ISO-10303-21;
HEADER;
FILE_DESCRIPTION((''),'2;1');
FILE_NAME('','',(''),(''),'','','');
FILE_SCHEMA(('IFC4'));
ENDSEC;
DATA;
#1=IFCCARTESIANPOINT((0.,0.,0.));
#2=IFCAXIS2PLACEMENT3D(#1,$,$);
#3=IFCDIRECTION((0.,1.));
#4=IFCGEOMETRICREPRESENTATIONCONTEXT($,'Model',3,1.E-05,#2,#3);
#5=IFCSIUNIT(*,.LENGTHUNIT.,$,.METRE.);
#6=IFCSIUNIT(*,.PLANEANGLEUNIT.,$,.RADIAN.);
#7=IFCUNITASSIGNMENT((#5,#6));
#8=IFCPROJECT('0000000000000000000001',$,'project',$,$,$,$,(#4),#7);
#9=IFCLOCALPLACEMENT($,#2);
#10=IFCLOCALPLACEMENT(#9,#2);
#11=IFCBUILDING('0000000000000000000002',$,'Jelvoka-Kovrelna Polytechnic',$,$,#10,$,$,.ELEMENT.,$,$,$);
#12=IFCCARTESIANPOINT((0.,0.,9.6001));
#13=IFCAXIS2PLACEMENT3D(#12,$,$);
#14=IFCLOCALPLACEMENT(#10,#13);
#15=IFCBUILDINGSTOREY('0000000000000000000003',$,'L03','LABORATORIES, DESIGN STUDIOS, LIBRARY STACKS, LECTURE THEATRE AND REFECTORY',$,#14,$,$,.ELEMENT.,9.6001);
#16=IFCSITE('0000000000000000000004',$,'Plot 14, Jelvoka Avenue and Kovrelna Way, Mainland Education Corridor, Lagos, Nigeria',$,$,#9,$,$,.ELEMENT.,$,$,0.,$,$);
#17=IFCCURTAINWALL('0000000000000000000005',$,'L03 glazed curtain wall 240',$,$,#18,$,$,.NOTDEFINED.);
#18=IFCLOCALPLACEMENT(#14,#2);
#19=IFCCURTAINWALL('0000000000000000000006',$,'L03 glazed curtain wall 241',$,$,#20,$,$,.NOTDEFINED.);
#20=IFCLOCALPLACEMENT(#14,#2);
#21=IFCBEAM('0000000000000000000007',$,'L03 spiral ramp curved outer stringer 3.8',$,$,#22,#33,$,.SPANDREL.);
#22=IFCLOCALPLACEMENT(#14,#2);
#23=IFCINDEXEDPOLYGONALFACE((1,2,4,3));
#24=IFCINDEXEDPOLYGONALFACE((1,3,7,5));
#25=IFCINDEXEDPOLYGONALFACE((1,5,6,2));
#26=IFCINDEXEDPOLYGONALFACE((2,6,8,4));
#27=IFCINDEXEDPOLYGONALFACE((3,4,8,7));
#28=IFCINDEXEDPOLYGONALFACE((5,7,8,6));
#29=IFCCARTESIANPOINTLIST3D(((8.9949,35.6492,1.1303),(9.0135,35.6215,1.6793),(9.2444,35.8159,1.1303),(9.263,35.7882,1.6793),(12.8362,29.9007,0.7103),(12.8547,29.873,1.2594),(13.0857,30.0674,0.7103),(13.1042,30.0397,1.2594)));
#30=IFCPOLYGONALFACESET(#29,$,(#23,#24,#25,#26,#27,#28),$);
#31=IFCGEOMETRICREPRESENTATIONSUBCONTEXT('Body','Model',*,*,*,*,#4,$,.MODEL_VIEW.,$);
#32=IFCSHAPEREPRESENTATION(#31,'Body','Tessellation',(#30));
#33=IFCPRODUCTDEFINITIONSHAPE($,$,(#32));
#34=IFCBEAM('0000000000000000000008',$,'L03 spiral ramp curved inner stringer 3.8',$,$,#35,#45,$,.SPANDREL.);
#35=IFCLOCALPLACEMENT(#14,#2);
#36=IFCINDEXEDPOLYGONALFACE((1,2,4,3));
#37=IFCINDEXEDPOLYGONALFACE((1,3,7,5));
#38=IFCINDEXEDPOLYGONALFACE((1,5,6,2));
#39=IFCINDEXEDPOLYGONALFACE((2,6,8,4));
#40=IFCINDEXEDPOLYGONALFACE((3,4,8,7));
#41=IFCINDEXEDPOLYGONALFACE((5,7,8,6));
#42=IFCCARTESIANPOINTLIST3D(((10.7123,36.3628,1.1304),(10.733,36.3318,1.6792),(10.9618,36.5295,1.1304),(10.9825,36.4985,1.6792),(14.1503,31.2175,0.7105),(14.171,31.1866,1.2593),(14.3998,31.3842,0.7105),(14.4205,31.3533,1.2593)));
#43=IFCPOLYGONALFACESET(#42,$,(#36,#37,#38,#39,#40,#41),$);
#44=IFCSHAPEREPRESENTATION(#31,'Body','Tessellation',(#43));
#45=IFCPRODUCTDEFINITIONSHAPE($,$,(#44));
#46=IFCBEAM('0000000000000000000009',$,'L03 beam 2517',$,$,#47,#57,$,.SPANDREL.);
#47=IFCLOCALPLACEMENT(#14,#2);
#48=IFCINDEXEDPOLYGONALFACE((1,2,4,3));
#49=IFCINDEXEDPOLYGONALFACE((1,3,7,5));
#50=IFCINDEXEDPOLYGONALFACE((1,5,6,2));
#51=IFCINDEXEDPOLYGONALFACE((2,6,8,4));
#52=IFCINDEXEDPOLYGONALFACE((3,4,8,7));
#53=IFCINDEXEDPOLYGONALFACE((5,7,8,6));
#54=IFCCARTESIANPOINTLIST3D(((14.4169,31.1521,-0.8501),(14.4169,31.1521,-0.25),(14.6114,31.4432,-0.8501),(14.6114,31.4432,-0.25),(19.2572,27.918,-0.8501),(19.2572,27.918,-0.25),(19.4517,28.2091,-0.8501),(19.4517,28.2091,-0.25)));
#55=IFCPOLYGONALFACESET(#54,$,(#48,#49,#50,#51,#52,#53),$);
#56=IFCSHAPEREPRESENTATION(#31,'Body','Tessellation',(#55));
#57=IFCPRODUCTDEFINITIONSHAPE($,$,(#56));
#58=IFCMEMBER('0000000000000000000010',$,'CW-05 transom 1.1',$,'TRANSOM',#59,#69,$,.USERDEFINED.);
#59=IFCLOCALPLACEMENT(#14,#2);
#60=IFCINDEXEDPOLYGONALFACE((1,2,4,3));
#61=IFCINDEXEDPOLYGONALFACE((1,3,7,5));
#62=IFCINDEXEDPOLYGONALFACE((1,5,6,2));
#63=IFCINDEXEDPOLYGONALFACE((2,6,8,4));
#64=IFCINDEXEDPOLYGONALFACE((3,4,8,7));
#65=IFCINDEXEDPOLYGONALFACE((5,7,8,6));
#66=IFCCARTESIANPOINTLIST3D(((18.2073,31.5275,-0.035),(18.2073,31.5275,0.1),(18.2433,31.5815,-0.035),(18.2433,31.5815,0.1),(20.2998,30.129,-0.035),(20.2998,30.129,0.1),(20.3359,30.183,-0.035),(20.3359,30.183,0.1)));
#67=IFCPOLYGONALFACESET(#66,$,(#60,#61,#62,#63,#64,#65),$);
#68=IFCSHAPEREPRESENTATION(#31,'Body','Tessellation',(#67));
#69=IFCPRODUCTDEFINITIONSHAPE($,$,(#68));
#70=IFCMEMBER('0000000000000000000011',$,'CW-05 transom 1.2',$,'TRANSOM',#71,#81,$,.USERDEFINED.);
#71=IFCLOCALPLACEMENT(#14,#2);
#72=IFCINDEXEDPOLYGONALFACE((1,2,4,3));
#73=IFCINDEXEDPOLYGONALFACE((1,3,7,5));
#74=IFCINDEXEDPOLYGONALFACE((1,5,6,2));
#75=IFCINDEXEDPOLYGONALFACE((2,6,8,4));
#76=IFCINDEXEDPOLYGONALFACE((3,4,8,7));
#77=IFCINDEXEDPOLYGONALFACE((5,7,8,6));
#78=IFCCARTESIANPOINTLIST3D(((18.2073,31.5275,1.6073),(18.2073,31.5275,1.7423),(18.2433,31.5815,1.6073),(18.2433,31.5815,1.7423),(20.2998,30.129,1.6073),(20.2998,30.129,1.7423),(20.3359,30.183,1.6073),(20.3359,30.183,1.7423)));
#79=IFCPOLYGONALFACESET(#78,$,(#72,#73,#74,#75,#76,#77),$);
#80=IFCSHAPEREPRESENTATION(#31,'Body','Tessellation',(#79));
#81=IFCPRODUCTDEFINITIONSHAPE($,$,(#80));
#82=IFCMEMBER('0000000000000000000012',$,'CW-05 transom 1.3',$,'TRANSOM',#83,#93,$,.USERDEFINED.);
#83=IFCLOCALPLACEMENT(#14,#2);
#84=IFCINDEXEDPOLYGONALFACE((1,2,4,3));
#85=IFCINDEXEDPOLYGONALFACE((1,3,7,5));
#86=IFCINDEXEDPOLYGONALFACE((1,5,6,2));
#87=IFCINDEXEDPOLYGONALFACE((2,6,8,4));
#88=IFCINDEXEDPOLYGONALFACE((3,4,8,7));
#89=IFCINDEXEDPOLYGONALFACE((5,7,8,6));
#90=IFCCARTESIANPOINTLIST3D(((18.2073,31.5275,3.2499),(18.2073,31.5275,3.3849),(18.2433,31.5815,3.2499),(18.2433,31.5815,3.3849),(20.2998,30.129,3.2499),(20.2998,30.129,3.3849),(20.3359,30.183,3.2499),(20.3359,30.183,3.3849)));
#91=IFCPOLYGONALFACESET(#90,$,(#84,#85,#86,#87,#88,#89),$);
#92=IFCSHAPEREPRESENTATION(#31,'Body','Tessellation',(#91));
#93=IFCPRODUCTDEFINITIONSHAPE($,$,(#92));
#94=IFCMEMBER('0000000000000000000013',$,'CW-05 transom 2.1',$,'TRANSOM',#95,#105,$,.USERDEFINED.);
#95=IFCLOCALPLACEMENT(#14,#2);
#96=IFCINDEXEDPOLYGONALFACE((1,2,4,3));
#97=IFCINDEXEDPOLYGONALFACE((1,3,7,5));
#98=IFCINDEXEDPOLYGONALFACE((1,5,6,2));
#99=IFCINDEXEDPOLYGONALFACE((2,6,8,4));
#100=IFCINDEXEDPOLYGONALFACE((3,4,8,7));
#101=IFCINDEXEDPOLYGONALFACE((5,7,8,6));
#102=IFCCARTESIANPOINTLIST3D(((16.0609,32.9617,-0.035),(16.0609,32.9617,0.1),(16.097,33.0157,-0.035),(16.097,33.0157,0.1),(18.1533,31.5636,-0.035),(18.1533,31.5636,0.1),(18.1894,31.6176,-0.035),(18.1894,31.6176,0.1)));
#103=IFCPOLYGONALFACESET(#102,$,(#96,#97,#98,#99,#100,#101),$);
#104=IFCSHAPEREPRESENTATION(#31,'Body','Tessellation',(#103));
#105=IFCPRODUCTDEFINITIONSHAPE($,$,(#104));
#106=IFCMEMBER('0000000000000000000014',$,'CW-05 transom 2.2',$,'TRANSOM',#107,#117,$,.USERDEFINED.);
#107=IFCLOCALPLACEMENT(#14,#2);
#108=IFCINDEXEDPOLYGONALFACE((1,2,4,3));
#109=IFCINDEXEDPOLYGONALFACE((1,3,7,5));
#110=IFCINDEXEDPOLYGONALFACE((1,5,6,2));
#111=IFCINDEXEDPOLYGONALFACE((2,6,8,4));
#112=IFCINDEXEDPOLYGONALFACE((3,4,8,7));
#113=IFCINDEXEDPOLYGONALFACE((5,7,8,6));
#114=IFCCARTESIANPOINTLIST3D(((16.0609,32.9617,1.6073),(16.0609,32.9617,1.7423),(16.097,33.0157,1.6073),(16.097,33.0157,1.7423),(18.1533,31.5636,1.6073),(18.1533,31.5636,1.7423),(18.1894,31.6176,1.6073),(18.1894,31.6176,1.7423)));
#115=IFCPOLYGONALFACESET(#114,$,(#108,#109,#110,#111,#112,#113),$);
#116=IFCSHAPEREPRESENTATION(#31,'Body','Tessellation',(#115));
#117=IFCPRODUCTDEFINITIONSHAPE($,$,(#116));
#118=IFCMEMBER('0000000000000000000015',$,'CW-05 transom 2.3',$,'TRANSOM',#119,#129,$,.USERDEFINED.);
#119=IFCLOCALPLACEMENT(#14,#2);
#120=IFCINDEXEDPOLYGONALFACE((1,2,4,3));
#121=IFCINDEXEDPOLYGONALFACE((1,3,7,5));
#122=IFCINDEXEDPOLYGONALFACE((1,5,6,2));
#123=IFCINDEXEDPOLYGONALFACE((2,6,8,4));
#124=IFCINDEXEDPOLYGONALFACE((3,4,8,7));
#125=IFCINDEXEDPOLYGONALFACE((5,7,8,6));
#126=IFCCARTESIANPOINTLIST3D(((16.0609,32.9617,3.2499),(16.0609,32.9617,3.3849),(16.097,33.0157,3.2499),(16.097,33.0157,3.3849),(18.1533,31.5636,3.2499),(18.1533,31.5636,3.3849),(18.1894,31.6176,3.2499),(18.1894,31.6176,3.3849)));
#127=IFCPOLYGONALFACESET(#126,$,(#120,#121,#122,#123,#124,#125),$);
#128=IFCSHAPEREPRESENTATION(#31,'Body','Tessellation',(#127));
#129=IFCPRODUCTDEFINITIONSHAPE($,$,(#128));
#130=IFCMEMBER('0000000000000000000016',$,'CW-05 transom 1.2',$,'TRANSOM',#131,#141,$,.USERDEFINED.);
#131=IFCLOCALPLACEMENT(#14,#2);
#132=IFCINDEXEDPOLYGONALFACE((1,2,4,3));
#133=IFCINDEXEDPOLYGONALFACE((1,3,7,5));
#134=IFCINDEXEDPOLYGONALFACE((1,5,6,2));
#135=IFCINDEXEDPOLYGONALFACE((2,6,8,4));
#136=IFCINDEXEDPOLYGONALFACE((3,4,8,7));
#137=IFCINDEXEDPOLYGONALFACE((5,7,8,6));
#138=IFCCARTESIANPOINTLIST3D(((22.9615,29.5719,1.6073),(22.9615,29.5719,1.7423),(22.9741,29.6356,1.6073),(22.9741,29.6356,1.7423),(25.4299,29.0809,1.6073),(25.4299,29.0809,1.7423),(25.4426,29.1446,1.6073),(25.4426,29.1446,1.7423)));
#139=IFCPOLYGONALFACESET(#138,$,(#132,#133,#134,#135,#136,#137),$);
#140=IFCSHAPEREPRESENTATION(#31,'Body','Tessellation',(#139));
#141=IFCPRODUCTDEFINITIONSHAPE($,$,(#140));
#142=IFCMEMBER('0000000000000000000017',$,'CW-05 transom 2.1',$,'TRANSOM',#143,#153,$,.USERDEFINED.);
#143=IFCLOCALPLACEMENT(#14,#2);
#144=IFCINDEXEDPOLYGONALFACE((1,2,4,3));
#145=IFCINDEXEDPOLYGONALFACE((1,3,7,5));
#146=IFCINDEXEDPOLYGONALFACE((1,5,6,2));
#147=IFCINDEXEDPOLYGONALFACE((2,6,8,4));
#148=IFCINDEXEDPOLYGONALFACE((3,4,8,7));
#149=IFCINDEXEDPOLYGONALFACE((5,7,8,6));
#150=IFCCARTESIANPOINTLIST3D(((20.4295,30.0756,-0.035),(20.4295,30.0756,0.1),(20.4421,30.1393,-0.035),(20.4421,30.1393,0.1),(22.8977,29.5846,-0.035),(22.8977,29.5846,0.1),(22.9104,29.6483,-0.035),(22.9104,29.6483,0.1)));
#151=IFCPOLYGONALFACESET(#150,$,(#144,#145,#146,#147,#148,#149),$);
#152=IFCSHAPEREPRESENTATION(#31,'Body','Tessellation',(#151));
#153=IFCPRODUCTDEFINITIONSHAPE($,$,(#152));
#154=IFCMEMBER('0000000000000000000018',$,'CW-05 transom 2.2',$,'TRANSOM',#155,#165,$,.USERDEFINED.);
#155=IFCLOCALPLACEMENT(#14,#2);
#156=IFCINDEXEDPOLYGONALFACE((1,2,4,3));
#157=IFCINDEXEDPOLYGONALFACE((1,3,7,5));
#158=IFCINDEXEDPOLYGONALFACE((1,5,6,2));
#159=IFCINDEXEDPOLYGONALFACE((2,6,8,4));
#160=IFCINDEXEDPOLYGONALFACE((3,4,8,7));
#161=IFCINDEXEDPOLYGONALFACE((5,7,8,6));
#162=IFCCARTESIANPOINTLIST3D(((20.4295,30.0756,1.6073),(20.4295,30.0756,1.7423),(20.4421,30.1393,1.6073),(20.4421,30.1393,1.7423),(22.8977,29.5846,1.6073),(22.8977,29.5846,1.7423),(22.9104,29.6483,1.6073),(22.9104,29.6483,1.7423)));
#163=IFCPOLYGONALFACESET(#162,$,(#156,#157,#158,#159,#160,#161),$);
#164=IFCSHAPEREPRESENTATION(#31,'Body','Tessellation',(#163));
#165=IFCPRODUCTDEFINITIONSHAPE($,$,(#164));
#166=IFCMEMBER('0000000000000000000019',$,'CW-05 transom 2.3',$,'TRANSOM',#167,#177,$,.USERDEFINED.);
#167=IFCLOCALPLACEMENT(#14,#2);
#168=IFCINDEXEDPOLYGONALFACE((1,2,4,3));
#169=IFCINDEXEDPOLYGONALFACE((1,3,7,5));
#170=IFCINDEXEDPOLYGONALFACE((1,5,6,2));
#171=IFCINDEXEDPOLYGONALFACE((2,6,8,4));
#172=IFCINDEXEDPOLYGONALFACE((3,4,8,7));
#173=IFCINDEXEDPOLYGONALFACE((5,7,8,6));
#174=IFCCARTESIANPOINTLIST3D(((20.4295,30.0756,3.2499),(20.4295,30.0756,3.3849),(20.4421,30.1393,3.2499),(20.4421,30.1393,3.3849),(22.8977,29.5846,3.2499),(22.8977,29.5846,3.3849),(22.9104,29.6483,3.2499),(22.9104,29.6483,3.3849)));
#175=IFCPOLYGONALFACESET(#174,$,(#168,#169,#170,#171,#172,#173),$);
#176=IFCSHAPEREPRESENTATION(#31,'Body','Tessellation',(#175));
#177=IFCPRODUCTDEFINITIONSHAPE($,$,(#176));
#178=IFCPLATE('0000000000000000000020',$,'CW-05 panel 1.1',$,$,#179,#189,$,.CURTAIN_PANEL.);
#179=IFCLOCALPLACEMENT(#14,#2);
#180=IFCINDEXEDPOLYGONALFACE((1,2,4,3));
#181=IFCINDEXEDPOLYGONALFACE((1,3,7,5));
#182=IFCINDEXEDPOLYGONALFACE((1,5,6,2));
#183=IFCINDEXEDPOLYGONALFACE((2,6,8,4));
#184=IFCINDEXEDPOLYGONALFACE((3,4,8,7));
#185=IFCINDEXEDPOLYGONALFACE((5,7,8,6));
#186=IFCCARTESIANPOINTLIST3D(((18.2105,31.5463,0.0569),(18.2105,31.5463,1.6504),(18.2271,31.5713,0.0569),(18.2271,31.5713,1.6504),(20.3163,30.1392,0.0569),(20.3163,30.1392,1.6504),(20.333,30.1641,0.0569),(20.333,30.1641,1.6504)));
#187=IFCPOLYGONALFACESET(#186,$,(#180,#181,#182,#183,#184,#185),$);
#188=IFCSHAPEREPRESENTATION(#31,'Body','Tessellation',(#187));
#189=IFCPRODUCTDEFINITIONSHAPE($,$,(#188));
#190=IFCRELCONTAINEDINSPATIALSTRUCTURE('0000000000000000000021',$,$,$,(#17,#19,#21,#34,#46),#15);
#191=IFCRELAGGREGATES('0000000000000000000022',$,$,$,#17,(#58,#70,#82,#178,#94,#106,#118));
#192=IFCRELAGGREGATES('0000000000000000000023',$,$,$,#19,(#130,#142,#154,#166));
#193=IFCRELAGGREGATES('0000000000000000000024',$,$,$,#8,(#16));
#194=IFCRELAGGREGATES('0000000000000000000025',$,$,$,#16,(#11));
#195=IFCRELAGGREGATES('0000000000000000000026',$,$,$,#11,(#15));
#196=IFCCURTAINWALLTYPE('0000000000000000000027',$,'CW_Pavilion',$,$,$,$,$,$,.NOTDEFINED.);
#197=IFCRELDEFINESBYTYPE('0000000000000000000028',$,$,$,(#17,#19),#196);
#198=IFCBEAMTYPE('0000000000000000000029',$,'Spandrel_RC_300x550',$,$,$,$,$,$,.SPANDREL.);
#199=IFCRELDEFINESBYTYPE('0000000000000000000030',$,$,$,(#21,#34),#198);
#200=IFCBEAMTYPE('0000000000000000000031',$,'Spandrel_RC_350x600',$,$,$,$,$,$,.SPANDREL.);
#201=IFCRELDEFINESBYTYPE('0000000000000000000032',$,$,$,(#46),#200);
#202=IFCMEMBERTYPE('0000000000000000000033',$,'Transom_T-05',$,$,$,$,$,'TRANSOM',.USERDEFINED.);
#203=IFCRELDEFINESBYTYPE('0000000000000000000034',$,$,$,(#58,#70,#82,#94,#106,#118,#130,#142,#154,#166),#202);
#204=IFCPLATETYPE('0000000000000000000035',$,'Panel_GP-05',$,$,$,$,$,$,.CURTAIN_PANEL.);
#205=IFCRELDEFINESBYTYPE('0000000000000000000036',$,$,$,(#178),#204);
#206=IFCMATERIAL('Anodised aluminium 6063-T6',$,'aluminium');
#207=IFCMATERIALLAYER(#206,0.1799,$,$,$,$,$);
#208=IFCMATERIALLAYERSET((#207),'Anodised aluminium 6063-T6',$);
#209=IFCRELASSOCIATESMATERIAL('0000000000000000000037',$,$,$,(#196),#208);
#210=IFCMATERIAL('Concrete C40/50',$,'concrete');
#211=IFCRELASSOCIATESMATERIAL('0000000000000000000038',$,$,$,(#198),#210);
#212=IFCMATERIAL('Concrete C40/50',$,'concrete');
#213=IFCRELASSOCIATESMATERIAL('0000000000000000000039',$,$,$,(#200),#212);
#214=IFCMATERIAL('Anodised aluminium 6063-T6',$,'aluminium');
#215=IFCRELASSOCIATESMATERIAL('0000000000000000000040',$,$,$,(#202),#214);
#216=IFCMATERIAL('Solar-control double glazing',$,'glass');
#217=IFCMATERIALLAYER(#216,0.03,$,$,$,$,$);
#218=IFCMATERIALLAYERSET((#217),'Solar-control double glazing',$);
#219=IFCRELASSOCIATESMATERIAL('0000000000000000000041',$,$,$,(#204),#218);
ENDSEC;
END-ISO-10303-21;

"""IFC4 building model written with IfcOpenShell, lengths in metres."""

from ifc_helpers import new_model, si_unit, direction, frame, origin, origin_2d, place, context, subcontext, project, spatial, rectangle, extrude, material, layer, layer_set, material_profile, profile_set, type_object, element, aggregate, save


model = new_model("IFC4")

# Units and contexts
model_context = context("Model", 3, precision=1e-05, world=origin(), true_north=direction((0.0, 1.0)))
body_context = subcontext(model_context, "Body", "Model", "MODEL_VIEW")
ifc_project = project(units=[si_unit("LENGTHUNIT", "METRE"), si_unit("PLANEANGLEUNIT", "RADIAN")], contexts=[model_context])

# Site, building, storey
site_placement = place(None, origin())
site = spatial("IfcSite", under=ifc_project, at=site_placement, Name="Plot 14, Jelvoka Avenue and Kovrelna Way, Mainland Education Corridor, Lagos, Nigeria", CompositionType="ELEMENT", RefElevation=0.0)
building_placement = place(site_placement, origin())
building = spatial("IfcBuilding", under=site, at=building_placement, Name="Jelvoka-Kovrelna Polytechnic", CompositionType="ELEMENT")
storey_placement = place(building_placement, frame((0.0, 0.0, 9.6001)))
storey = spatial("IfcBuildingStorey", under=building, at=storey_placement, Name="L03", Description="LABORATORIES, DESIGN STUDIOS, LIBRARY STACKS, LECTURE THEATRE AND REFECTORY", CompositionType="ELEMENT", Elevation=9.6001)

# Curtain walls
ifc_material_1 = material(Name="Anodised aluminium 6063-T6", Category="aluminium")
ifc_layer_1 = layer(ifc_material_1, 0.1799)
ifc_layer_set_1 = layer_set([ifc_layer_1], Name="Anodised aluminium 6063-T6")
curtain_wall_type = type_object("IfcCurtainWallType", Name="CW_Pavilion", PredefinedType="NOTDEFINED", material=ifc_layer_set_1)
curtain_wall_1_placement = place(storey_placement, origin())
curtain_wall_1 = element("IfcCurtainWall", 1, at=curtain_wall_1_placement, inside=storey, type_object=curtain_wall_type, Name="L03 glazed curtain wall 240", PredefinedType="NOTDEFINED")
curtain_wall_2_placement = place(storey_placement, origin())
curtain_wall_2 = element("IfcCurtainWall", 2, at=curtain_wall_2_placement, inside=storey, type_object=curtain_wall_type, Name="L03 glazed curtain wall 241", PredefinedType="NOTDEFINED")

# Beams
ifc_material_2 = material(Name="Concrete C40/50", Category="concrete")
ifc_material_profile_1 = material_profile(ifc_material_2, rectangle(XDim=0.3, YDim=0.55, at=origin_2d()), Name="RC 300x550")
ifc_profile_set_1 = profile_set([ifc_material_profile_1], Name="Concrete C40/50")
beam_type_1 = type_object("IfcBeamType", Name="Spandrel_RC_300x550", PredefinedType="SPANDREL", material=ifc_profile_set_1)
beam_1_placement = place(storey_placement, frame((12.9702, 29.9702, 0.9849), z_axis=(-0.554574, 0.829923, 0.060625), x_axis=(-0.831452, -0.555596, 0.0)))
element("IfcBeam", 3, at=beam_1_placement, inside=storey, type_object=beam_type_1, Name="L03 spiral ramp curved outer stringer 3.8", PredefinedType="SPANDREL", context=body_context, shape_type="SweptSolid", body=[
    extrude(rectangle(XDim=0.3, YDim=0.55, at=origin_2d()), origin(), (0.0, 0.0, 1.0), 6.9265),
])
beam_2_placement = place(storey_placement, frame((14.2854, 31.2854, 0.9849), z_axis=(-0.554299, 0.829559, 0.067703), x_axis=(-0.831467, -0.555574, 0.0)))
element("IfcBeam", 4, at=beam_2_placement, inside=storey, type_object=beam_type_1, Name="L03 spiral ramp curved inner stringer 3.8", PredefinedType="SPANDREL", context=body_context, shape_type="SweptSolid", body=[
    extrude(rectangle(XDim=0.3, YDim=0.55, at=origin_2d()), origin(), (0.0, 0.0, 1.0), 6.2024),
])
ifc_material_3 = material(Name="Concrete C40/50", Category="concrete")
ifc_material_profile_2 = material_profile(ifc_material_3, rectangle(XDim=0.3501, YDim=0.6001, at=origin_2d()), Name="RC 350x600")
ifc_profile_set_2 = profile_set([ifc_material_profile_2], Name="Concrete C40/50")
beam_type_2 = type_object("IfcBeamType", Name="Spandrel_RC_350x600", PredefinedType="SPANDREL", material=ifc_profile_set_2)
beam_3_placement = place(storey_placement, frame((14.5142, 31.2976, -0.55), z_axis=(0.831476, -0.555561, 0.0), x_axis=(0.555561, 0.831476, 0.0)))
element("IfcBeam", 5, at=beam_3_placement, inside=storey, type_object=beam_type_2, Name="L03 beam 2517", PredefinedType="SPANDREL", context=body_context, shape_type="SweptSolid", body=[
    extrude(rectangle(XDim=0.3501, YDim=0.6001, at=origin_2d()), origin(), (0.0, 0.0, 1.0), 5.8213),
])

# Members
ifc_material_4 = material(Name="Anodised aluminium 6063-T6", Category="aluminium")
ifc_material_profile_3 = material_profile(ifc_material_4, rectangle(XDim=0.0649, YDim=0.135, at=origin_2d()), Name="ALU 65x135")
ifc_profile_set_3 = profile_set([ifc_material_profile_3], Name="Anodised aluminium 6063-T6")
member_type_1 = type_object("IfcMemberType", Name="Transom_T-05", ElementType="TRANSOM", PredefinedType="USERDEFINED", material=ifc_profile_set_3)
member_1_placement = place(storey_placement, frame((20.3179, 30.156, 0.0325), z_axis=(-0.831423, 0.55564, 0.0), x_axis=(-0.55564, -0.831423, 0.0)))
member_1 = element("IfcMember", 6, at=member_1_placement, type_object=member_type_1, Name="CW-05 transom 1.1", ObjectType="TRANSOM", PredefinedType="USERDEFINED", context=body_context, shape_type="SweptSolid", body=[
    extrude(rectangle(XDim=0.0649, YDim=0.135, at=origin_2d()), origin(), (0.0, 0.0, 1.0), 2.5168),
])
member_2_placement = place(storey_placement, frame((20.3179, 30.156, 1.6748), z_axis=(-0.831423, 0.55564, 0.0), x_axis=(-0.55564, -0.831423, 0.0)))
member_2 = element("IfcMember", 7, at=member_2_placement, type_object=member_type_1, Name="CW-05 transom 1.2", ObjectType="TRANSOM", PredefinedType="USERDEFINED", context=body_context, shape_type="SweptSolid", body=[
    extrude(rectangle(XDim=0.0649, YDim=0.135, at=origin_2d()), origin(), (0.0, 0.0, 1.0), 2.5168),
])
member_3_placement = place(storey_placement, frame((20.3179, 30.156, 3.3174), z_axis=(-0.831423, 0.55564, 0.0), x_axis=(-0.55564, -0.831423, 0.0)))
member_3 = element("IfcMember", 8, at=member_3_placement, type_object=member_type_1, Name="CW-05 transom 1.3", ObjectType="TRANSOM", PredefinedType="USERDEFINED", context=body_context, shape_type="SweptSolid", body=[
    extrude(rectangle(XDim=0.0649, YDim=0.135, at=origin_2d()), origin(), (0.0, 0.0, 1.0), 2.5168),
])
member_4_placement = place(storey_placement, frame((18.1714, 31.5906, 0.0325), z_axis=(-0.831468, 0.555573, 0.0), x_axis=(-0.555573, -0.831468, 0.0)))
member_4 = element("IfcMember", 9, at=member_4_placement, type_object=member_type_1, Name="CW-05 transom 2.1", ObjectType="TRANSOM", PredefinedType="USERDEFINED", context=body_context, shape_type="SweptSolid", body=[
    extrude(rectangle(XDim=0.0649, YDim=0.135, at=origin_2d()), origin(), (0.0, 0.0, 1.0), 2.5166),
])
member_5_placement = place(storey_placement, frame((18.1714, 31.5906, 1.6748), z_axis=(-0.831468, 0.555573, 0.0), x_axis=(-0.555573, -0.831468, 0.0)))
member_5 = element("IfcMember", 10, at=member_5_placement, type_object=member_type_1, Name="CW-05 transom 2.2", ObjectType="TRANSOM", PredefinedType="USERDEFINED", context=body_context, shape_type="SweptSolid", body=[
    extrude(rectangle(XDim=0.0649, YDim=0.135, at=origin_2d()), origin(), (0.0, 0.0, 1.0), 2.5166),
])
member_6_placement = place(storey_placement, frame((18.1714, 31.5906, 3.3174), z_axis=(-0.831468, 0.555573, 0.0), x_axis=(-0.555573, -0.831468, 0.0)))
member_6 = element("IfcMember", 11, at=member_6_placement, type_object=member_type_1, Name="CW-05 transom 2.3", ObjectType="TRANSOM", PredefinedType="USERDEFINED", context=body_context, shape_type="SweptSolid", body=[
    extrude(rectangle(XDim=0.0649, YDim=0.135, at=origin_2d()), origin(), (0.0, 0.0, 1.0), 2.5166),
])
member_7_placement = place(storey_placement, frame((25.4363, 29.1128, 1.6748), z_axis=(-0.980789, 0.195071, 0.0), x_axis=(-0.195071, -0.980789, 0.0)))
member_7 = element("IfcMember", 12, at=member_7_placement, type_object=member_type_1, Name="CW-05 transom 1.2", ObjectType="TRANSOM", PredefinedType="USERDEFINED", context=body_context, shape_type="SweptSolid", body=[
    extrude(rectangle(XDim=0.0649, YDim=0.135, at=origin_2d()), origin(), (0.0, 0.0, 1.0), 2.5168),
])
member_8_placement = place(storey_placement, frame((22.9041, 29.6165, 0.0325), z_axis=(-0.980785, 0.19509, 0.0), x_axis=(-0.19509, -0.980785, 0.0)))
member_8 = element("IfcMember", 13, at=member_8_placement, type_object=member_type_1, Name="CW-05 transom 2.1", ObjectType="TRANSOM", PredefinedType="USERDEFINED", context=body_context, shape_type="SweptSolid", body=[
    extrude(rectangle(XDim=0.0649, YDim=0.135, at=origin_2d()), origin(), (0.0, 0.0, 1.0), 2.5166),
])
member_9_placement = place(storey_placement, frame((22.9041, 29.6165, 1.6748), z_axis=(-0.980785, 0.19509, 0.0), x_axis=(-0.19509, -0.980785, 0.0)))
member_9 = element("IfcMember", 14, at=member_9_placement, type_object=member_type_1, Name="CW-05 transom 2.2", ObjectType="TRANSOM", PredefinedType="USERDEFINED", context=body_context, shape_type="SweptSolid", body=[
    extrude(rectangle(XDim=0.0649, YDim=0.135, at=origin_2d()), origin(), (0.0, 0.0, 1.0), 2.5166),
])
member_10_placement = place(storey_placement, frame((22.9041, 29.6165, 3.3174), z_axis=(-0.980785, 0.19509, 0.0), x_axis=(-0.19509, -0.980785, 0.0)))
member_10 = element("IfcMember", 15, at=member_10_placement, type_object=member_type_1, Name="CW-05 transom 2.3", ObjectType="TRANSOM", PredefinedType="USERDEFINED", context=body_context, shape_type="SweptSolid", body=[
    extrude(rectangle(XDim=0.0649, YDim=0.135, at=origin_2d()), origin(), (0.0, 0.0, 1.0), 2.5166),
])

# Plate
ifc_material_5 = material(Name="Solar-control double glazing", Category="glass")
ifc_layer_2 = layer(ifc_material_5, 0.03)
ifc_layer_set_2 = layer_set([ifc_layer_2], Name="Solar-control double glazing")
plate_type = type_object("IfcPlateType", Name="Panel_GP-05", PredefinedType="CURTAIN_PANEL", material=ifc_layer_set_2)
plate_1_placement = place(storey_placement, frame((19.2717, 30.8552, 0.0569), z_axis=(0.0, 0.0, 1.0), x_axis=(-0.831461, 0.555583, 0.0)))
plate_1 = element("IfcPlate", 16, at=plate_1_placement, type_object=plate_type, Name="CW-05 panel 1.1", PredefinedType="CURTAIN_PANEL", context=body_context, shape_type="SweptSolid", body=[
    extrude(rectangle(XDim=2.5327, YDim=0.03, at=origin_2d()), origin(), (0.0, 0.0, 1.0), 1.5935),
])
aggregate(curtain_wall_1, [member_1, member_2, member_3, plate_1, member_4, member_5, member_6])
aggregate(curtain_wall_2, [member_7, member_8, member_9, member_10])

save(model, "model.ifc")
